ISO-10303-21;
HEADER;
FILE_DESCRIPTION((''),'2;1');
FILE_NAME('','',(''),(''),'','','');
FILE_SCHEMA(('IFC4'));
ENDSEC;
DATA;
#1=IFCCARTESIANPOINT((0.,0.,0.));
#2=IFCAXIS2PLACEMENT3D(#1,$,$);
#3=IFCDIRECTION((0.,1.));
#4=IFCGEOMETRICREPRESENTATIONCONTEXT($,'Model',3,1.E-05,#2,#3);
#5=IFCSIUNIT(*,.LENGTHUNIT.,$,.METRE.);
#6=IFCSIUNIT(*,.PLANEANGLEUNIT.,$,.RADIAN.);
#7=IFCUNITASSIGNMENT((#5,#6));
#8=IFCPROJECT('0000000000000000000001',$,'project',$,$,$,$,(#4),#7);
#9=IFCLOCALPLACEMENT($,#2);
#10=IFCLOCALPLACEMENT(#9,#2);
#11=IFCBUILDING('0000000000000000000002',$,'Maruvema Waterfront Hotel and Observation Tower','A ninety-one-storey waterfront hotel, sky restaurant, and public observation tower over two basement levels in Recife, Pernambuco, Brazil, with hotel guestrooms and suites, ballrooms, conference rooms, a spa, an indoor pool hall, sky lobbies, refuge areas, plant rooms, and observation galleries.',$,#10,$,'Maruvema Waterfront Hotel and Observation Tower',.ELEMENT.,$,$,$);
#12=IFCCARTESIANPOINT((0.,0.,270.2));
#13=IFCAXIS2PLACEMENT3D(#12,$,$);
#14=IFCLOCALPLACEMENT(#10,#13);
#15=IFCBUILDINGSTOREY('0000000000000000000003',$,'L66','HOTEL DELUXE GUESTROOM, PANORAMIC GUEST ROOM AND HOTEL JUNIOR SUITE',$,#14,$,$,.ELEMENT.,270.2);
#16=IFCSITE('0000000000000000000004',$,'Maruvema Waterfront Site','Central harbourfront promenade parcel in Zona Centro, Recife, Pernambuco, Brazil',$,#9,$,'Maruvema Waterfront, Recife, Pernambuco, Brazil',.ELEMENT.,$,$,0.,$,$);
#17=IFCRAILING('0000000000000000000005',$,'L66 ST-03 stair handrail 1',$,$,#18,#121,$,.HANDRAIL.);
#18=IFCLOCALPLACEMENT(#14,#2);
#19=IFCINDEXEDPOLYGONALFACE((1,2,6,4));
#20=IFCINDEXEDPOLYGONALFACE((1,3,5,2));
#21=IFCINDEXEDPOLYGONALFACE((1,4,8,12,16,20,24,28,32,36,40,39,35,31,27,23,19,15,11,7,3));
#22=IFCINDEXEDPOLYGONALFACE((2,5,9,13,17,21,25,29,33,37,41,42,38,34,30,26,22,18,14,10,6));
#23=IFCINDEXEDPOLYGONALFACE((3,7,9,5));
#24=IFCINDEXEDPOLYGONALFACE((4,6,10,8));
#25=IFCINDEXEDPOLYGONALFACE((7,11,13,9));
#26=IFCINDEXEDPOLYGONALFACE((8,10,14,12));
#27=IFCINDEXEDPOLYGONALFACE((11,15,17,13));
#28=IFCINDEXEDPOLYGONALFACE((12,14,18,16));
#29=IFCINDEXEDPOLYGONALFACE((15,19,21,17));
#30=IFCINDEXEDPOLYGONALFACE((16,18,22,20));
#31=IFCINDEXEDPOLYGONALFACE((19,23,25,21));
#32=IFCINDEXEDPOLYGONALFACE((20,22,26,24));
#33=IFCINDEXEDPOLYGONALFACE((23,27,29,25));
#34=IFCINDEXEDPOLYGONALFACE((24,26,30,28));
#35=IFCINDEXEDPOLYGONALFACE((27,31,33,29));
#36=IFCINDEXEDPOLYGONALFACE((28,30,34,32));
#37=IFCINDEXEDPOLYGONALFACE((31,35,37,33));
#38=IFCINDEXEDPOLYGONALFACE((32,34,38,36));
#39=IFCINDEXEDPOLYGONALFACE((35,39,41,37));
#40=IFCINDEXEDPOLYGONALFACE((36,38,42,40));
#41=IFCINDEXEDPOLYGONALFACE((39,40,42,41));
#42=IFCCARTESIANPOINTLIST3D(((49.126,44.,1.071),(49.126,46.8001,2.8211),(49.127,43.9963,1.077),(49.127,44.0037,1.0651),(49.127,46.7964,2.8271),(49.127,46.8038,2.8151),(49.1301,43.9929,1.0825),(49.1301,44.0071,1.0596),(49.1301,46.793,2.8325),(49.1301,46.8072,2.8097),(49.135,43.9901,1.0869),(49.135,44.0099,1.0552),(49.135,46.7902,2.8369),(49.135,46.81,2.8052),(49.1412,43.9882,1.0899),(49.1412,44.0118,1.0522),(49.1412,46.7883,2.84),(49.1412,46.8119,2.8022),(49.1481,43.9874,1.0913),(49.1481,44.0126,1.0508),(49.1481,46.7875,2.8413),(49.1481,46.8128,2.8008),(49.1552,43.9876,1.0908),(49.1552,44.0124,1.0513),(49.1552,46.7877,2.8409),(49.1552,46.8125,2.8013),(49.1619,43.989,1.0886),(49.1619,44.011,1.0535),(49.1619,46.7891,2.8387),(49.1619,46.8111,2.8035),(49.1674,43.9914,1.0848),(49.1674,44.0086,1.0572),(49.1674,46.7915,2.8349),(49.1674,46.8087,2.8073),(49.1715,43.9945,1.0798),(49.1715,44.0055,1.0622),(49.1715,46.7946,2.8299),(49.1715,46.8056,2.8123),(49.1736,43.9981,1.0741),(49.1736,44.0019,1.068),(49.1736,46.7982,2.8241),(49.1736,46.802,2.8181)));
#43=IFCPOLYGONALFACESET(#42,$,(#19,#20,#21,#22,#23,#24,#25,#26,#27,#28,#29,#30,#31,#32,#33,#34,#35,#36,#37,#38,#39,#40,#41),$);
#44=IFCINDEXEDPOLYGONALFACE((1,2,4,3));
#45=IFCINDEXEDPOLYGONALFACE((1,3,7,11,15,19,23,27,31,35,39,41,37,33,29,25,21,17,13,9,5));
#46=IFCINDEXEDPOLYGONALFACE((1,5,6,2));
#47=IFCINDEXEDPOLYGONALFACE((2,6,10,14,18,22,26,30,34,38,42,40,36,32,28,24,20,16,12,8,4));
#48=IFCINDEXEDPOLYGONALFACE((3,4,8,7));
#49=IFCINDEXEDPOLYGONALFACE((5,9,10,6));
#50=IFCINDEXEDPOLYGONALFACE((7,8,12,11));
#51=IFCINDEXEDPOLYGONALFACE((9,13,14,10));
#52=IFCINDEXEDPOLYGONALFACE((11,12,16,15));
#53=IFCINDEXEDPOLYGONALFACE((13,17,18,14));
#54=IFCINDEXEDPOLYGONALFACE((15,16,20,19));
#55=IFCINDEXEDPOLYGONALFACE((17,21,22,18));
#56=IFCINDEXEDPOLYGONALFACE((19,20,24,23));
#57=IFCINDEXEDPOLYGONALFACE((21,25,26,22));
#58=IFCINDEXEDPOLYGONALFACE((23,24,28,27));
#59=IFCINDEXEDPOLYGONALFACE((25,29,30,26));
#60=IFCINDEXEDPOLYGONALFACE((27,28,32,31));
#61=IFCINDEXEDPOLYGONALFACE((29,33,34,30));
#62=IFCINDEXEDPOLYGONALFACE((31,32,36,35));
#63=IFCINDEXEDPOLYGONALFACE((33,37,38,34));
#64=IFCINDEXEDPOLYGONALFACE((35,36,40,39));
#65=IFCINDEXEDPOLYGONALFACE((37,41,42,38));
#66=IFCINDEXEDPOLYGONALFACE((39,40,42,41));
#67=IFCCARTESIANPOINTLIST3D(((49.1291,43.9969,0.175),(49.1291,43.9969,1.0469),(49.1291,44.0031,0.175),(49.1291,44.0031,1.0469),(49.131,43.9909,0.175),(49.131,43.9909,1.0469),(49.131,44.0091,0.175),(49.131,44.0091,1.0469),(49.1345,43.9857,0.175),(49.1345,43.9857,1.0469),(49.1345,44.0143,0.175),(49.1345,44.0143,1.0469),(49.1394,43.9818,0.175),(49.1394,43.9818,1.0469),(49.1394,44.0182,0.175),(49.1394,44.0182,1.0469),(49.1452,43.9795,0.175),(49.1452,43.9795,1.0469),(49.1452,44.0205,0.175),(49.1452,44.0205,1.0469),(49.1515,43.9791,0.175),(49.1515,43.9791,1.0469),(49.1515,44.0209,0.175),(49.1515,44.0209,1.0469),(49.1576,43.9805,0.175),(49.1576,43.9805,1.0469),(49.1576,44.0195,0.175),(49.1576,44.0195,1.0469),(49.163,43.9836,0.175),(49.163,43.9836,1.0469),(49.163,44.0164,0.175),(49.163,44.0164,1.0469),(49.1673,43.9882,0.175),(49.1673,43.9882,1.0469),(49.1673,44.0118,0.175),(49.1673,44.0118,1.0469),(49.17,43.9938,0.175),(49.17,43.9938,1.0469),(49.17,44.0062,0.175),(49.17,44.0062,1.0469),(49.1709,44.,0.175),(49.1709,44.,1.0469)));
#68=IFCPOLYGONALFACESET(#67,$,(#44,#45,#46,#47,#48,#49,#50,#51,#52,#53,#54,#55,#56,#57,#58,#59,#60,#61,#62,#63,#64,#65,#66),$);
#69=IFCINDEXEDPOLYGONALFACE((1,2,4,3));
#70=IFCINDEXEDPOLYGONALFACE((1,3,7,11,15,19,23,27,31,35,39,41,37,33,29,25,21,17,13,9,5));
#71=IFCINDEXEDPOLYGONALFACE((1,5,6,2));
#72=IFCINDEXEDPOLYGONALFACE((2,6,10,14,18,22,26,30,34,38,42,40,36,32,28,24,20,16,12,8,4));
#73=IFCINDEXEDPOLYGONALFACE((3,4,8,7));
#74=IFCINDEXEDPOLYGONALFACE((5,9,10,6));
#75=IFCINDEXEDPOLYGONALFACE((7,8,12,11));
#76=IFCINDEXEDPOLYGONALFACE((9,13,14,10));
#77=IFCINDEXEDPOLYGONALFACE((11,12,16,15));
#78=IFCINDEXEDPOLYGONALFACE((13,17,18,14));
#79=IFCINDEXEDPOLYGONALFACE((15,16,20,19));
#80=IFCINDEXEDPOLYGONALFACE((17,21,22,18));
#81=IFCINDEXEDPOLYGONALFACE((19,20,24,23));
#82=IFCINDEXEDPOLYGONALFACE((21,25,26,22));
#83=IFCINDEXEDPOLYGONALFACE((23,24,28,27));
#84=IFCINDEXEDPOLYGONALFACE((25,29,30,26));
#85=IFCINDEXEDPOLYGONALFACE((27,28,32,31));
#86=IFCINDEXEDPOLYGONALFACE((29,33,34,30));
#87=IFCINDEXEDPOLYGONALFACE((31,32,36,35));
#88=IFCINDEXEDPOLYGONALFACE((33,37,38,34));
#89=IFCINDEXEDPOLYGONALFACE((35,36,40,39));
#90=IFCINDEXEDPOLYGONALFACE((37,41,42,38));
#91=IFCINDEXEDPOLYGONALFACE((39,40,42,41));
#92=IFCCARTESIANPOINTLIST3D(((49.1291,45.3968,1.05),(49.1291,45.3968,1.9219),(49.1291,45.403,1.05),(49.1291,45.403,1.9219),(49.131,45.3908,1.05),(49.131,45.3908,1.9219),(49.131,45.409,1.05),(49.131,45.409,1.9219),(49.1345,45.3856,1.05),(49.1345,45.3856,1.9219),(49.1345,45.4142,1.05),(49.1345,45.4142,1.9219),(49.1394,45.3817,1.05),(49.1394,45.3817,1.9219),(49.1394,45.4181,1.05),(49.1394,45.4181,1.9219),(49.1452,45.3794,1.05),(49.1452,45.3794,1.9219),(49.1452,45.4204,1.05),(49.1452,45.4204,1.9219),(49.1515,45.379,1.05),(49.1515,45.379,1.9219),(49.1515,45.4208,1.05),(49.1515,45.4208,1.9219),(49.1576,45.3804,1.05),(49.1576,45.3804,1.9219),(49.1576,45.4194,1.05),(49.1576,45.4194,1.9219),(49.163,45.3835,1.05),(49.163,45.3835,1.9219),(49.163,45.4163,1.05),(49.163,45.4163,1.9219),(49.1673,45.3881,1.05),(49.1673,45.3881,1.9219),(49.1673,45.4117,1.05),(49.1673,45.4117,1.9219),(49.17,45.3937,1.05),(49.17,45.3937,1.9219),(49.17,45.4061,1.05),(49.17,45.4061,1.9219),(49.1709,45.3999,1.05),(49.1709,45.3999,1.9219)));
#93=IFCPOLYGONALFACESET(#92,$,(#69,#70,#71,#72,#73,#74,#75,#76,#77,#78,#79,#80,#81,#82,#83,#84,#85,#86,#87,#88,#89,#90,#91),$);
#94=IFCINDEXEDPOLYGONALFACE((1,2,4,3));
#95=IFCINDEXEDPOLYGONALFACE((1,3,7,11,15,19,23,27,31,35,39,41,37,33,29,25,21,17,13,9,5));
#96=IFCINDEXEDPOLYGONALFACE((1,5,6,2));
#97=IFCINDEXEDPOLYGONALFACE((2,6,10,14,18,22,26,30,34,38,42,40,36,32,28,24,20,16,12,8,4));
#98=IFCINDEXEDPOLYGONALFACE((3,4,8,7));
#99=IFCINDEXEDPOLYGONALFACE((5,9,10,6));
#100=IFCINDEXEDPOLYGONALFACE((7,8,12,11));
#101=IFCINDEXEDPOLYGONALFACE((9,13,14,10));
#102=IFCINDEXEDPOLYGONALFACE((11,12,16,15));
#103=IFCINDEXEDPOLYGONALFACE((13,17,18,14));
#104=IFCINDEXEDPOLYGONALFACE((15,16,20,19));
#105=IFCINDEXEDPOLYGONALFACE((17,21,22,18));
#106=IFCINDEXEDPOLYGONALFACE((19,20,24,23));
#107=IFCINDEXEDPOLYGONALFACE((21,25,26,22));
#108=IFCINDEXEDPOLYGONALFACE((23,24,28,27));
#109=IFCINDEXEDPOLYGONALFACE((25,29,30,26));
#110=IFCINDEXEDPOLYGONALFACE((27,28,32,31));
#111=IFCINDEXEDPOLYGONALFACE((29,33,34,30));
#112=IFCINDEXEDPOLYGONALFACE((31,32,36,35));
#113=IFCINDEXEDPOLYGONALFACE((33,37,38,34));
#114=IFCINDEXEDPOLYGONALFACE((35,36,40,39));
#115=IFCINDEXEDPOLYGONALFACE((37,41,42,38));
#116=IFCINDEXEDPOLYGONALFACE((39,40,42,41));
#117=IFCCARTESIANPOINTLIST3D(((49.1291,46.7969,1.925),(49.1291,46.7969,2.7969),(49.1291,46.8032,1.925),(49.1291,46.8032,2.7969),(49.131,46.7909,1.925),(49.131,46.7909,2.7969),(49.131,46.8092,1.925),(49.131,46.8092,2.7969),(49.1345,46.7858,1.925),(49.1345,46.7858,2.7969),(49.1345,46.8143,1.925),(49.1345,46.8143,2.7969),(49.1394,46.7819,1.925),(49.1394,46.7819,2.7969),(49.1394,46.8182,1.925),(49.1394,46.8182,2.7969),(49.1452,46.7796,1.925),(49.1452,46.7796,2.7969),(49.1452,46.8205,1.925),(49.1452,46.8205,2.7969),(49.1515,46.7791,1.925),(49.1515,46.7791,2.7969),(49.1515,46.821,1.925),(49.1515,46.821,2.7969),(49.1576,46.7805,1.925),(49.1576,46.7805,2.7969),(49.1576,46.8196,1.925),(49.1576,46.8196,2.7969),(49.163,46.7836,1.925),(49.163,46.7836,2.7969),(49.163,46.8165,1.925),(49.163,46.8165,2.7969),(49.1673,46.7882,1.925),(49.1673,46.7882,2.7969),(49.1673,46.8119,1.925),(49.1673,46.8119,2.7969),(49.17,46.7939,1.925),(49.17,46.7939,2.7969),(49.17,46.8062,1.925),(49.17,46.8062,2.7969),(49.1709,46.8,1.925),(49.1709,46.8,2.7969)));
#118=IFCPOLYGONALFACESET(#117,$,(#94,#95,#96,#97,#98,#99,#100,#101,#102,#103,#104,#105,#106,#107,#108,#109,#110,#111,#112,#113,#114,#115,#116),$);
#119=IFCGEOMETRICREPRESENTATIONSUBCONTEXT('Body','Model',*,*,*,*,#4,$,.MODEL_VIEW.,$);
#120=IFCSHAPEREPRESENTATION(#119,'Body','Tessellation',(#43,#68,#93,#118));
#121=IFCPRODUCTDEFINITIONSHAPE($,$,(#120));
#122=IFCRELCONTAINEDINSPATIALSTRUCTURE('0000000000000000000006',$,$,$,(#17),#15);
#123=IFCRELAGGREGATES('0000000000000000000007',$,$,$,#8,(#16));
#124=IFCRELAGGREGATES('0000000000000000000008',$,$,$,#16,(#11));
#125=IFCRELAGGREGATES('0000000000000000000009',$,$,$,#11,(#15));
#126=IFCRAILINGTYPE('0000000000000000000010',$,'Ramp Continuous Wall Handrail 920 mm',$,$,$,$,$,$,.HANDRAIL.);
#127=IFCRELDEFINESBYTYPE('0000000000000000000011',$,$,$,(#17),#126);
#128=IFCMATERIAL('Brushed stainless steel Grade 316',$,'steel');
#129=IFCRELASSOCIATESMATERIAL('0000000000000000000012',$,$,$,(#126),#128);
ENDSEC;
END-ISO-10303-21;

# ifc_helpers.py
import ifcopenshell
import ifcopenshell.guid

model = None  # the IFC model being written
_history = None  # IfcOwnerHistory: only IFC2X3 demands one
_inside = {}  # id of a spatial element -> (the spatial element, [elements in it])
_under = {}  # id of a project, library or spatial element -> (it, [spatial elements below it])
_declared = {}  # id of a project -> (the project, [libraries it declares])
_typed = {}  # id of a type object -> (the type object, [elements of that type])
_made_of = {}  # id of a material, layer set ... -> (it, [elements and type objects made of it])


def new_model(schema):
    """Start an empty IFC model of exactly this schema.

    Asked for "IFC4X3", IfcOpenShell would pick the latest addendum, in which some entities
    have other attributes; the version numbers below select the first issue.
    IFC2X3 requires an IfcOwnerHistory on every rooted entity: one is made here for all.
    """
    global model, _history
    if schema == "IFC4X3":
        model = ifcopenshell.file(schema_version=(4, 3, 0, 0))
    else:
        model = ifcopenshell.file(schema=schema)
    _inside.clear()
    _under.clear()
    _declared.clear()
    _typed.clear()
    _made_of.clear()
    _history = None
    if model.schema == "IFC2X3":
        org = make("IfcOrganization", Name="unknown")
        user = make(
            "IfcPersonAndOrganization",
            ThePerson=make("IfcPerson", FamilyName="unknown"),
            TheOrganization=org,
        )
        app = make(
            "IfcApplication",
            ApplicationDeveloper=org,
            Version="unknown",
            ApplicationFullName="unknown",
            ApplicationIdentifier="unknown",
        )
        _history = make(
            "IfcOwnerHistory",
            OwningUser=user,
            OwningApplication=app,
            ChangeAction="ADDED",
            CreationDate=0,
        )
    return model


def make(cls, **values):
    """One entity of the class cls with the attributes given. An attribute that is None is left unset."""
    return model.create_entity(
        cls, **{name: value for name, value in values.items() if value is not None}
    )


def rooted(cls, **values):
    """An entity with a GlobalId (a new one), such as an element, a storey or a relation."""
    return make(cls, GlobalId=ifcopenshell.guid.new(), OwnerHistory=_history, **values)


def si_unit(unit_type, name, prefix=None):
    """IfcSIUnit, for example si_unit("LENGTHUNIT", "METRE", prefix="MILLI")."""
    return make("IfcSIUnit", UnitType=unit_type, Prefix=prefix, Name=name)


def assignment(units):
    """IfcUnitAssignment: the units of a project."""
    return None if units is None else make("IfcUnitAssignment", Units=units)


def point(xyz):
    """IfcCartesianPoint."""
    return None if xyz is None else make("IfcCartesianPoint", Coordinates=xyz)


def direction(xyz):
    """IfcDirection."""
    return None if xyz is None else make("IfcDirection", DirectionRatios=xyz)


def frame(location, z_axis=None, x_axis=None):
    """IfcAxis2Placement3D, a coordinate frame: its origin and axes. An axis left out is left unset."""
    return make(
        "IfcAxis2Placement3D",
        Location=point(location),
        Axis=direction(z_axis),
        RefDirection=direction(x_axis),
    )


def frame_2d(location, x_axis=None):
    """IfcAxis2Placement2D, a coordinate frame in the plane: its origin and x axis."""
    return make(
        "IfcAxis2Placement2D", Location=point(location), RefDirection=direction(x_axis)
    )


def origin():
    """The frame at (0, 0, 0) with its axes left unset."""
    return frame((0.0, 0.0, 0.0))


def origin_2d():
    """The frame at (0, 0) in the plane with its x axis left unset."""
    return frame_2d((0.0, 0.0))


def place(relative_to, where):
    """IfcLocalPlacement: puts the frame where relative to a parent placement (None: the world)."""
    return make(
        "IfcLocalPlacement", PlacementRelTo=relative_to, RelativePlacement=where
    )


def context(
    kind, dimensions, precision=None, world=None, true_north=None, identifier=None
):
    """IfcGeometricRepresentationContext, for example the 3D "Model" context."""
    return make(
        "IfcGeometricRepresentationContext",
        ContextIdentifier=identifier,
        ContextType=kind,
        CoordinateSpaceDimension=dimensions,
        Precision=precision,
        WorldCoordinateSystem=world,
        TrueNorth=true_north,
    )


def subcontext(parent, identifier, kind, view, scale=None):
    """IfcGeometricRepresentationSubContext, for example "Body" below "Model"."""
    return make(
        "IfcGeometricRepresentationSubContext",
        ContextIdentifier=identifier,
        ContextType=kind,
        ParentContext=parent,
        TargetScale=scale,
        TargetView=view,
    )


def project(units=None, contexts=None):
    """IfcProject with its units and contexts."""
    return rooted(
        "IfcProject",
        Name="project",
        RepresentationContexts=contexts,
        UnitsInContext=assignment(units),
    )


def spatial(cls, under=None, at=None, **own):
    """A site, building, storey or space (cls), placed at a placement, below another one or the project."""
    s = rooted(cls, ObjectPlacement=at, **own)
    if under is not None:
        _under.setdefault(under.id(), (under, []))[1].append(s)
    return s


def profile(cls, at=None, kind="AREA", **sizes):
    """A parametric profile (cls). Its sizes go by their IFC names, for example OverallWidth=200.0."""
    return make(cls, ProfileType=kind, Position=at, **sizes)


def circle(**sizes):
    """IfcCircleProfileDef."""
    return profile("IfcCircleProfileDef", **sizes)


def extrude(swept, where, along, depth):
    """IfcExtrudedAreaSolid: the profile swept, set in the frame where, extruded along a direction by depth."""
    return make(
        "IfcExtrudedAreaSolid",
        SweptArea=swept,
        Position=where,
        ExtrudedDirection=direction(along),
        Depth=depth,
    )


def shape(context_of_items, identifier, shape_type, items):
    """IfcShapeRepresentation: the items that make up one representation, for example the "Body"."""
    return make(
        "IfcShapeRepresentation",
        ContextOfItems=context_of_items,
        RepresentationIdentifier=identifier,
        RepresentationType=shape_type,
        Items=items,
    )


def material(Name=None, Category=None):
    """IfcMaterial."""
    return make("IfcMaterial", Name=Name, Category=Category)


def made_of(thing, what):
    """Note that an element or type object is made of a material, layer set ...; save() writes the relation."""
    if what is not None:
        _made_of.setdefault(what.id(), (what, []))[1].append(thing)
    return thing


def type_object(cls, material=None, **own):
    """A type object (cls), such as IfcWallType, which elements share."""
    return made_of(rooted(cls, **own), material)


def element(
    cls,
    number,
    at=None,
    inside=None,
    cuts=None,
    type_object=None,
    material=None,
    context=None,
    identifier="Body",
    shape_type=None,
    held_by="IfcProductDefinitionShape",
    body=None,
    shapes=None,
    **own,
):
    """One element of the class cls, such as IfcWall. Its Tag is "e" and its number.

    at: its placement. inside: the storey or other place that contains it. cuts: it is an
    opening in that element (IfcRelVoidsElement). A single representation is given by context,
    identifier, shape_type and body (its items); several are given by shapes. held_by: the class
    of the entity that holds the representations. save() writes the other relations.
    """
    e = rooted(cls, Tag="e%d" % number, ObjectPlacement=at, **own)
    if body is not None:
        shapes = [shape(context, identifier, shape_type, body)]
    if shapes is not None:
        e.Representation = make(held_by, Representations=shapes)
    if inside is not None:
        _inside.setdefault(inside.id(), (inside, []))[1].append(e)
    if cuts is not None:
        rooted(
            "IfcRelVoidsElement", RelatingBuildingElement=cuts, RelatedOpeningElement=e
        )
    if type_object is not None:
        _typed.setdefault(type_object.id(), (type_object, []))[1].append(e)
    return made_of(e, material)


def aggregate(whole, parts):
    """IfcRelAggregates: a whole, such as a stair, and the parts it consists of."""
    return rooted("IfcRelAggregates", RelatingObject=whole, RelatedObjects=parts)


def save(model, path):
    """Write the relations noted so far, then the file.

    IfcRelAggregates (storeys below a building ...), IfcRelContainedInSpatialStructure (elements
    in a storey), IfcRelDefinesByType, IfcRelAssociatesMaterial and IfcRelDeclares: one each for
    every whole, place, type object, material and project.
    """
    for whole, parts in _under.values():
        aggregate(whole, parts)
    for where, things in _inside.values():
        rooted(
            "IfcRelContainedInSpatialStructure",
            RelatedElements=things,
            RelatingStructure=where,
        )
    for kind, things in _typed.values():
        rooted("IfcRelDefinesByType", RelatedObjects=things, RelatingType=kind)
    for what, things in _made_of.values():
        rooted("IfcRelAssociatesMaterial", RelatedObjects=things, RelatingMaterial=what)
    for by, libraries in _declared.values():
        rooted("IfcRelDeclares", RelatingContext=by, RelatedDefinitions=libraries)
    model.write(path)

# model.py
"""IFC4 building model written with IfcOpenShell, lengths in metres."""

from ifc_helpers import new_model, si_unit, direction, frame, origin, origin_2d, place, context, subcontext, project, spatial, circle, extrude, material, type_object, element, save


model = new_model("IFC4")

# Units and contexts
model_context = context("Model", 3, precision=1e-05, world=origin(), true_north=direction((0.0, 1.0)))
body_context = subcontext(model_context, "Body", "Model", "MODEL_VIEW")
ifc_project = project(units=[si_unit("LENGTHUNIT", "METRE"), si_unit("PLANEANGLEUNIT", "RADIAN")], contexts=[model_context])

# Site, building, storey
site_placement = place(None, origin())
site = spatial("IfcSite", under=ifc_project, at=site_placement, Name="Maruvema Waterfront Site", Description="Central harbourfront promenade parcel in Zona Centro, Recife, Pernambuco, Brazil", LongName="Maruvema Waterfront, Recife, Pernambuco, Brazil", CompositionType="ELEMENT", RefElevation=0.0)
building_placement = place(site_placement, origin())
building = spatial("IfcBuilding", under=site, at=building_placement, Name="Maruvema Waterfront Hotel and Observation Tower", Description="A ninety-one-storey waterfront hotel, sky restaurant, and public observation tower over two basement levels in Recife, Pernambuco, Brazil, with hotel guestrooms and suites, ballrooms, conference rooms, a spa, an indoor pool hall, sky lobbies, refuge areas, plant rooms, and observation galleries.", LongName="Maruvema Waterfront Hotel and Observation Tower", CompositionType="ELEMENT")
storey_placement = place(building_placement, frame((0.0, 0.0, 270.2)))
storey = spatial("IfcBuildingStorey", under=building, at=storey_placement, Name="L66", Description="HOTEL DELUXE GUESTROOM, PANORAMIC GUEST ROOM AND HOTEL JUNIOR SUITE", CompositionType="ELEMENT", Elevation=270.2)

# Railing
ifc_material_1 = material(Name="Brushed stainless steel Grade 316", Category="steel")
railing_type_1 = type_object("IfcRailingType", Name="Ramp Continuous Wall Handrail 920 mm", PredefinedType="HANDRAIL", material=ifc_material_1)
railing_1_placement = place(storey_placement, frame((49.1499, 44.0, 0.175)))
element("IfcRailing", 1, at=railing_1_placement, inside=storey, type_object=railing_type_1, Name="L66 ST-03 stair handrail 1", PredefinedType="HANDRAIL", context=body_context, shape_type="SweptSolid", body=[
    extrude(circle(Radius=0.0239, at=origin_2d()), frame((0.0, 0.0, 0.896), z_axis=(0.0, 0.848002, 0.529992), x_axis=(-1.0, 0.0, 0.0)), (0.0, 0.0, 1.0), 3.302),
    extrude(circle(Radius=0.021, at=origin_2d()), origin(), (0.0, 0.0, 1.0), 0.8718),
    extrude(circle(Radius=0.021, at=origin_2d()), frame((0.0, 1.3999, 0.875)), (0.0, 0.0, 1.0), 0.8718),
    extrude(circle(Radius=0.021, at=origin_2d()), frame((0.0, 2.8, 1.75)), (0.0, 0.0, 1.0), 0.8718),
])

save(model, "model.ifc")
